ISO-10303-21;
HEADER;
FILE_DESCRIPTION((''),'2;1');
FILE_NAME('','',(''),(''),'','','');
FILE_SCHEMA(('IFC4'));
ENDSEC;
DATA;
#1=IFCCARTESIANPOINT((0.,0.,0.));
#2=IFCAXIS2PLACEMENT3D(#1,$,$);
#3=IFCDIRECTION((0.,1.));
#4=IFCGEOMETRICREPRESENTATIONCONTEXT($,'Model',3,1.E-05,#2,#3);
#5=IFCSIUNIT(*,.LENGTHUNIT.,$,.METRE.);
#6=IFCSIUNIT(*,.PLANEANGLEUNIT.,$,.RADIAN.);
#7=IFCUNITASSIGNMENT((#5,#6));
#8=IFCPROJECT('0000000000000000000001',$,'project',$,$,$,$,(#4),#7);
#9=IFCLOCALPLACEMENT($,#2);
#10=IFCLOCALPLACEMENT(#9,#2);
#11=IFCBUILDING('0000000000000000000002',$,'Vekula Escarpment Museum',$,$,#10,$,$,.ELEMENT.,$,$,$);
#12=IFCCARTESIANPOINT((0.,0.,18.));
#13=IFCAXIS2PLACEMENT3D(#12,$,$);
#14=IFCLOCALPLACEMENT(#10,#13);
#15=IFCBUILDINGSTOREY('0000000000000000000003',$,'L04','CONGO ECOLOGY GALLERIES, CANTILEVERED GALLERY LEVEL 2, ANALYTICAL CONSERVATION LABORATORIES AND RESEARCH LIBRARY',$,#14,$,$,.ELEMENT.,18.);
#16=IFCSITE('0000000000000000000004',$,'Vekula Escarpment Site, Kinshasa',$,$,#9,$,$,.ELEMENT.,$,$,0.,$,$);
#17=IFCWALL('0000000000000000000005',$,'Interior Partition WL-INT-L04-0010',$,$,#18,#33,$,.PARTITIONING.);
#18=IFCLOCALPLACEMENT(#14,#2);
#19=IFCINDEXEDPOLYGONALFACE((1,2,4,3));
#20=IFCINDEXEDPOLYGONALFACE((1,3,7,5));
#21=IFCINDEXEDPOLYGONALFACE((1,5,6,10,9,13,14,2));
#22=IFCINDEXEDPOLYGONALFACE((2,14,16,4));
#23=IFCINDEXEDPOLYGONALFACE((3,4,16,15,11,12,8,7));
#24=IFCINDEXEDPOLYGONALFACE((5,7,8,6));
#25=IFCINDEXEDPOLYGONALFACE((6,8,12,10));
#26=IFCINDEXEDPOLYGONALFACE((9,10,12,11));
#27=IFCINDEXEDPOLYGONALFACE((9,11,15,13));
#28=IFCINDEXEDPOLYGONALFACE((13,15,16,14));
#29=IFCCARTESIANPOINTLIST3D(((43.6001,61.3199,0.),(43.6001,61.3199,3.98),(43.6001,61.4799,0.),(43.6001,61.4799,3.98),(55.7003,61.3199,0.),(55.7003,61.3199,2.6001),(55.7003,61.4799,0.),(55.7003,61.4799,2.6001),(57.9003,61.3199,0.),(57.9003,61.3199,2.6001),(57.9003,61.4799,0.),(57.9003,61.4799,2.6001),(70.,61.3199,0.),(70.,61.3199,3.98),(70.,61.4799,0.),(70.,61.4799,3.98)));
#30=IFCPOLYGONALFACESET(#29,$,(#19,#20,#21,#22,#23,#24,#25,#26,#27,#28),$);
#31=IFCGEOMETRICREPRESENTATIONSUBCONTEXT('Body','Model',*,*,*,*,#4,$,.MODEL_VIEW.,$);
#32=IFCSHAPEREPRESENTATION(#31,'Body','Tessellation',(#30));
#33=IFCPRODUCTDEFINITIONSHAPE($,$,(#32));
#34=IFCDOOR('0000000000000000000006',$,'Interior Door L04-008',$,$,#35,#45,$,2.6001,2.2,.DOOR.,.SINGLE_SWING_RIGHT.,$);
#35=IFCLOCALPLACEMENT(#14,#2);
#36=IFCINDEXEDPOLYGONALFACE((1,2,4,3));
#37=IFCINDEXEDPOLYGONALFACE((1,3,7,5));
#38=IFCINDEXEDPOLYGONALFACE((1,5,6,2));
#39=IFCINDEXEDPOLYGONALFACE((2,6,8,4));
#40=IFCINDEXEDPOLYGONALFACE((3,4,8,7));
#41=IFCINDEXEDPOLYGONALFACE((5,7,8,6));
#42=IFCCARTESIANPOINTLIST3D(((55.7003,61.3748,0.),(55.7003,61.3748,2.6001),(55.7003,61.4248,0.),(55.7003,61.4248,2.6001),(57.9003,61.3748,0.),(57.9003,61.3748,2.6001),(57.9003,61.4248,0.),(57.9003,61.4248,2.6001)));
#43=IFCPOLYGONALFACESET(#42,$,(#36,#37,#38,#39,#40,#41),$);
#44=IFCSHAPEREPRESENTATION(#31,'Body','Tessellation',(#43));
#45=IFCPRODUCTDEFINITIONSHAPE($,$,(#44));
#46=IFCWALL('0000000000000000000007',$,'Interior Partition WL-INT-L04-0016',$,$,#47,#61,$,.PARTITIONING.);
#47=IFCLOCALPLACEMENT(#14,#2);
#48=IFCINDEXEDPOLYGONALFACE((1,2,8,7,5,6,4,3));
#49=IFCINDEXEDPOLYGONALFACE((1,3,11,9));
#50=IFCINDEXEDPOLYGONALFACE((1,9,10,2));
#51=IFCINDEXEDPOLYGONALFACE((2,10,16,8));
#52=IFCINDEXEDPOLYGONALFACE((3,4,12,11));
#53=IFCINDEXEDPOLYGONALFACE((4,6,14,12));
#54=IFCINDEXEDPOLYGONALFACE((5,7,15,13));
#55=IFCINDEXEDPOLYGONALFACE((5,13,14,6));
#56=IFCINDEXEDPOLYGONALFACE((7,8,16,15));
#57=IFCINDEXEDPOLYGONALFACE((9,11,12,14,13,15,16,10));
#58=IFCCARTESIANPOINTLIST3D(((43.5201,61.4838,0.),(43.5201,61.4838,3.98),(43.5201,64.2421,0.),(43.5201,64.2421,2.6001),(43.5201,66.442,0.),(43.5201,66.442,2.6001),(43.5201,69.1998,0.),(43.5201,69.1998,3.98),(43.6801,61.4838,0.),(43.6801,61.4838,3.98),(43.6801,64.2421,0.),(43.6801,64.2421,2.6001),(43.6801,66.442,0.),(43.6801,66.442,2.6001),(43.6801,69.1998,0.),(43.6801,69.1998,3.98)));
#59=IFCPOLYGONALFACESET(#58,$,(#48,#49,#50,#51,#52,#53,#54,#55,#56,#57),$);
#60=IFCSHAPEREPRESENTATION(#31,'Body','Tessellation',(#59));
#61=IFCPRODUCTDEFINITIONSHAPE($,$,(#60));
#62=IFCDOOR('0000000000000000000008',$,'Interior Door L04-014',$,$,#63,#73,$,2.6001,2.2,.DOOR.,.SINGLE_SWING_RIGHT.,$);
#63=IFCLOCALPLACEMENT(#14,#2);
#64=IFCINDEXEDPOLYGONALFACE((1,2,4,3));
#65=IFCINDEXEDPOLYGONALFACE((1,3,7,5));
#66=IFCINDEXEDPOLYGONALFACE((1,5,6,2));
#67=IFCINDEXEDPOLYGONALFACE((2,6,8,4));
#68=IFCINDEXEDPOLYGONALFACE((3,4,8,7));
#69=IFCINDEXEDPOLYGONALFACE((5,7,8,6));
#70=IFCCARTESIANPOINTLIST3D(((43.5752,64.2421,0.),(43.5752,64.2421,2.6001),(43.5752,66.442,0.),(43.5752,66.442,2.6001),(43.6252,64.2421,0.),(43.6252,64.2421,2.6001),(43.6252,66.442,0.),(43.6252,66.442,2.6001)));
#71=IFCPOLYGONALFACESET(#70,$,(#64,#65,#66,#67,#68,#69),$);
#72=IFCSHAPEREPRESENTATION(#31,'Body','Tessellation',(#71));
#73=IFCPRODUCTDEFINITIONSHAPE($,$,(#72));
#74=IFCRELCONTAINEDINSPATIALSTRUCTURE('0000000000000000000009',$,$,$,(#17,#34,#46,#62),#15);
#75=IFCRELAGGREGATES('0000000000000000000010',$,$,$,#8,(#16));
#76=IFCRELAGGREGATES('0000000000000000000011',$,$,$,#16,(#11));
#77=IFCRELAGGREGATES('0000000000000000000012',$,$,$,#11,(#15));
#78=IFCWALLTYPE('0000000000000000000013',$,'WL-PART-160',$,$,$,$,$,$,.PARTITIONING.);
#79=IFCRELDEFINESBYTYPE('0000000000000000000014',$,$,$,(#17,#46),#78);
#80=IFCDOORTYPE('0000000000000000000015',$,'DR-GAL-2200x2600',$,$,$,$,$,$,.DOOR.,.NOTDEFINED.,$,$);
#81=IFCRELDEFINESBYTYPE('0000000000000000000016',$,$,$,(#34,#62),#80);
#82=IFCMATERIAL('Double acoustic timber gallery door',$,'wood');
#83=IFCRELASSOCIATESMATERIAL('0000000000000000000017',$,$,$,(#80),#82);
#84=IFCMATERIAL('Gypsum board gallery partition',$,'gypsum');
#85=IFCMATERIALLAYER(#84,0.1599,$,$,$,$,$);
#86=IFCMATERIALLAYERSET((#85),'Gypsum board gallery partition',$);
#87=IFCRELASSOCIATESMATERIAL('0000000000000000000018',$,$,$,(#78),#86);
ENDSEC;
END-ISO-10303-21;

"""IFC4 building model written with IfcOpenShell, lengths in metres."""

from ifc_helpers import new_model, si_unit, direction, frame, frame_2d, origin, place, context, subcontext, project, spatial, rectangle, extrude, material, layer, layer_set, type_object, element, fill, save


model = new_model("IFC4")

# Units and contexts
model_context = context("Model", 3, precision=1e-05, world=origin(), true_north=direction((0.0, 1.0)))
body_context = subcontext(model_context, "Body", "Model", "MODEL_VIEW")
ifc_project = project(units=[si_unit("LENGTHUNIT", "METRE"), si_unit("PLANEANGLEUNIT", "RADIAN")], contexts=[model_context])

# Site, building, storey
site_placement = place(None, origin())
site = spatial("IfcSite", under=ifc_project, at=site_placement, Name="Vekula Escarpment Site, Kinshasa", CompositionType="ELEMENT", RefElevation=0.0)
building_placement = place(site_placement, origin())
building = spatial("IfcBuilding", under=site, at=building_placement, Name="Vekula Escarpment Museum", CompositionType="ELEMENT")
storey_placement = place(building_placement, frame((0.0, 0.0, 18.0)))
storey = spatial("IfcBuildingStorey", under=building, at=storey_placement, Name="L04", Description="CONGO ECOLOGY GALLERIES, CANTILEVERED GALLERY LEVEL 2, ANALYTICAL CONSERVATION LABORATORIES AND RESEARCH LIBRARY", CompositionType="ELEMENT", Elevation=18.0)

# Walls, openings, doors
ifc_material_1 = material(Name="Double acoustic timber gallery door", Category="wood")
door_type_1 = type_object("IfcDoorType", Name="DR-GAL-2200x2600", OperationType="NOTDEFINED", PredefinedType="DOOR", material=ifc_material_1)
ifc_material_2 = material(Name="Gypsum board gallery partition", Category="gypsum")
ifc_layer_1 = layer(ifc_material_2, 0.1599)
ifc_layer_set_1 = layer_set([ifc_layer_1], Name="Gypsum board gallery partition")
wall_type_1 = type_object("IfcWallType", Name="WL-PART-160", PredefinedType="PARTITIONING", material=ifc_layer_set_1)
wall_1_placement = place(storey_placement, frame((43.6001, 61.3999, 0.0), z_axis=(0.0, 0.0, 1.0), x_axis=(1.0, 0.0, 0.0)))
wall_1 = element("IfcWall", 1, at=wall_1_placement, inside=storey, type_object=wall_type_1, Name="Interior Partition WL-INT-L04-0010", PredefinedType="PARTITIONING", context=body_context, shape_type="SweptSolid", body=[
    extrude(rectangle(XDim=26.3999, YDim=0.1599, at=frame_2d((13.2, 0.0))), origin(), (0.0, 0.0, 1.0), 3.98),
])
opening_1_placement = place(wall_1_placement, frame((12.1001, 0.0, 0.0)))
opening_1 = element("IfcOpeningElement", 2, at=opening_1_placement, cuts=wall_1, PredefinedType="OPENING", context=body_context, shape_type="SweptSolid", body=[
    extrude(rectangle(XDim=2.2, YDim=2.6001, at=frame_2d((1.1001, 1.3))), frame((0.0, 0.0898, 0.0), z_axis=(0.0, -1.0, 0.0), x_axis=(1.0, 0.0, 0.0)), (0.0, 0.0, 1.0), 0.1799),
])
door_1_placement = place(opening_1_placement, origin())
door_1 = element("IfcDoor", 3, at=door_1_placement, inside=storey, type_object=door_type_1, Name="Interior Door L04-008", OperationType="SINGLE_SWING_RIGHT", OverallHeight=2.6001, OverallWidth=2.2, PredefinedType="DOOR", context=body_context, shape_type="SweptSolid", body=[
    extrude(rectangle(XDim=2.2, YDim=2.6001, at=frame_2d((1.1001, 1.3))), frame((0.0, 0.0249, 0.0), z_axis=(0.0, -1.0, 0.0), x_axis=(1.0, 0.0, 0.0)), (0.0, 0.0, 1.0), 0.05),
])
fill(opening_1, door_1)
wall_2_placement = place(storey_placement, frame((43.6001, 61.4839, 0.0), z_axis=(0.0, 0.0, 1.0), x_axis=(0.0, 1.0, 0.0)))
wall_2 = element("IfcWall", 4, at=wall_2_placement, inside=storey, type_object=wall_type_1, Name="Interior Partition WL-INT-L04-0016", PredefinedType="PARTITIONING", context=body_context, shape_type="SweptSolid", body=[
    extrude(rectangle(XDim=7.7161, YDim=0.1599, at=frame_2d((3.8579, 0.0))), origin(), (0.0, 0.0, 1.0), 3.98),
])
opening_2_placement = place(wall_2_placement, frame((2.7581, 0.0, 0.0)))
opening_2 = element("IfcOpeningElement", 5, at=opening_2_placement, cuts=wall_2, PredefinedType="OPENING", context=body_context, shape_type="SweptSolid", body=[
    extrude(rectangle(XDim=2.2, YDim=2.6001, at=frame_2d((1.1001, 1.3))), frame((0.0, 0.0898, 0.0), z_axis=(0.0, -1.0, 0.0), x_axis=(1.0, 0.0, 0.0)), (0.0, 0.0, 1.0), 0.1799),
])
door_2_placement = place(opening_2_placement, origin())
door_2 = element("IfcDoor", 6, at=door_2_placement, inside=storey, type_object=door_type_1, Name="Interior Door L04-014", OperationType="SINGLE_SWING_RIGHT", OverallHeight=2.6001, OverallWidth=2.2, PredefinedType="DOOR", context=body_context, shape_type="SweptSolid", body=[
    extrude(rectangle(XDim=2.2, YDim=2.6001, at=frame_2d((1.1001, 1.3))), frame((0.0, 0.0249, 0.0), z_axis=(0.0, -1.0, 0.0), x_axis=(1.0, 0.0, 0.0)), (0.0, 0.0, 1.0), 0.05),
])
fill(opening_2, door_2)

save(model, "model.ifc")
